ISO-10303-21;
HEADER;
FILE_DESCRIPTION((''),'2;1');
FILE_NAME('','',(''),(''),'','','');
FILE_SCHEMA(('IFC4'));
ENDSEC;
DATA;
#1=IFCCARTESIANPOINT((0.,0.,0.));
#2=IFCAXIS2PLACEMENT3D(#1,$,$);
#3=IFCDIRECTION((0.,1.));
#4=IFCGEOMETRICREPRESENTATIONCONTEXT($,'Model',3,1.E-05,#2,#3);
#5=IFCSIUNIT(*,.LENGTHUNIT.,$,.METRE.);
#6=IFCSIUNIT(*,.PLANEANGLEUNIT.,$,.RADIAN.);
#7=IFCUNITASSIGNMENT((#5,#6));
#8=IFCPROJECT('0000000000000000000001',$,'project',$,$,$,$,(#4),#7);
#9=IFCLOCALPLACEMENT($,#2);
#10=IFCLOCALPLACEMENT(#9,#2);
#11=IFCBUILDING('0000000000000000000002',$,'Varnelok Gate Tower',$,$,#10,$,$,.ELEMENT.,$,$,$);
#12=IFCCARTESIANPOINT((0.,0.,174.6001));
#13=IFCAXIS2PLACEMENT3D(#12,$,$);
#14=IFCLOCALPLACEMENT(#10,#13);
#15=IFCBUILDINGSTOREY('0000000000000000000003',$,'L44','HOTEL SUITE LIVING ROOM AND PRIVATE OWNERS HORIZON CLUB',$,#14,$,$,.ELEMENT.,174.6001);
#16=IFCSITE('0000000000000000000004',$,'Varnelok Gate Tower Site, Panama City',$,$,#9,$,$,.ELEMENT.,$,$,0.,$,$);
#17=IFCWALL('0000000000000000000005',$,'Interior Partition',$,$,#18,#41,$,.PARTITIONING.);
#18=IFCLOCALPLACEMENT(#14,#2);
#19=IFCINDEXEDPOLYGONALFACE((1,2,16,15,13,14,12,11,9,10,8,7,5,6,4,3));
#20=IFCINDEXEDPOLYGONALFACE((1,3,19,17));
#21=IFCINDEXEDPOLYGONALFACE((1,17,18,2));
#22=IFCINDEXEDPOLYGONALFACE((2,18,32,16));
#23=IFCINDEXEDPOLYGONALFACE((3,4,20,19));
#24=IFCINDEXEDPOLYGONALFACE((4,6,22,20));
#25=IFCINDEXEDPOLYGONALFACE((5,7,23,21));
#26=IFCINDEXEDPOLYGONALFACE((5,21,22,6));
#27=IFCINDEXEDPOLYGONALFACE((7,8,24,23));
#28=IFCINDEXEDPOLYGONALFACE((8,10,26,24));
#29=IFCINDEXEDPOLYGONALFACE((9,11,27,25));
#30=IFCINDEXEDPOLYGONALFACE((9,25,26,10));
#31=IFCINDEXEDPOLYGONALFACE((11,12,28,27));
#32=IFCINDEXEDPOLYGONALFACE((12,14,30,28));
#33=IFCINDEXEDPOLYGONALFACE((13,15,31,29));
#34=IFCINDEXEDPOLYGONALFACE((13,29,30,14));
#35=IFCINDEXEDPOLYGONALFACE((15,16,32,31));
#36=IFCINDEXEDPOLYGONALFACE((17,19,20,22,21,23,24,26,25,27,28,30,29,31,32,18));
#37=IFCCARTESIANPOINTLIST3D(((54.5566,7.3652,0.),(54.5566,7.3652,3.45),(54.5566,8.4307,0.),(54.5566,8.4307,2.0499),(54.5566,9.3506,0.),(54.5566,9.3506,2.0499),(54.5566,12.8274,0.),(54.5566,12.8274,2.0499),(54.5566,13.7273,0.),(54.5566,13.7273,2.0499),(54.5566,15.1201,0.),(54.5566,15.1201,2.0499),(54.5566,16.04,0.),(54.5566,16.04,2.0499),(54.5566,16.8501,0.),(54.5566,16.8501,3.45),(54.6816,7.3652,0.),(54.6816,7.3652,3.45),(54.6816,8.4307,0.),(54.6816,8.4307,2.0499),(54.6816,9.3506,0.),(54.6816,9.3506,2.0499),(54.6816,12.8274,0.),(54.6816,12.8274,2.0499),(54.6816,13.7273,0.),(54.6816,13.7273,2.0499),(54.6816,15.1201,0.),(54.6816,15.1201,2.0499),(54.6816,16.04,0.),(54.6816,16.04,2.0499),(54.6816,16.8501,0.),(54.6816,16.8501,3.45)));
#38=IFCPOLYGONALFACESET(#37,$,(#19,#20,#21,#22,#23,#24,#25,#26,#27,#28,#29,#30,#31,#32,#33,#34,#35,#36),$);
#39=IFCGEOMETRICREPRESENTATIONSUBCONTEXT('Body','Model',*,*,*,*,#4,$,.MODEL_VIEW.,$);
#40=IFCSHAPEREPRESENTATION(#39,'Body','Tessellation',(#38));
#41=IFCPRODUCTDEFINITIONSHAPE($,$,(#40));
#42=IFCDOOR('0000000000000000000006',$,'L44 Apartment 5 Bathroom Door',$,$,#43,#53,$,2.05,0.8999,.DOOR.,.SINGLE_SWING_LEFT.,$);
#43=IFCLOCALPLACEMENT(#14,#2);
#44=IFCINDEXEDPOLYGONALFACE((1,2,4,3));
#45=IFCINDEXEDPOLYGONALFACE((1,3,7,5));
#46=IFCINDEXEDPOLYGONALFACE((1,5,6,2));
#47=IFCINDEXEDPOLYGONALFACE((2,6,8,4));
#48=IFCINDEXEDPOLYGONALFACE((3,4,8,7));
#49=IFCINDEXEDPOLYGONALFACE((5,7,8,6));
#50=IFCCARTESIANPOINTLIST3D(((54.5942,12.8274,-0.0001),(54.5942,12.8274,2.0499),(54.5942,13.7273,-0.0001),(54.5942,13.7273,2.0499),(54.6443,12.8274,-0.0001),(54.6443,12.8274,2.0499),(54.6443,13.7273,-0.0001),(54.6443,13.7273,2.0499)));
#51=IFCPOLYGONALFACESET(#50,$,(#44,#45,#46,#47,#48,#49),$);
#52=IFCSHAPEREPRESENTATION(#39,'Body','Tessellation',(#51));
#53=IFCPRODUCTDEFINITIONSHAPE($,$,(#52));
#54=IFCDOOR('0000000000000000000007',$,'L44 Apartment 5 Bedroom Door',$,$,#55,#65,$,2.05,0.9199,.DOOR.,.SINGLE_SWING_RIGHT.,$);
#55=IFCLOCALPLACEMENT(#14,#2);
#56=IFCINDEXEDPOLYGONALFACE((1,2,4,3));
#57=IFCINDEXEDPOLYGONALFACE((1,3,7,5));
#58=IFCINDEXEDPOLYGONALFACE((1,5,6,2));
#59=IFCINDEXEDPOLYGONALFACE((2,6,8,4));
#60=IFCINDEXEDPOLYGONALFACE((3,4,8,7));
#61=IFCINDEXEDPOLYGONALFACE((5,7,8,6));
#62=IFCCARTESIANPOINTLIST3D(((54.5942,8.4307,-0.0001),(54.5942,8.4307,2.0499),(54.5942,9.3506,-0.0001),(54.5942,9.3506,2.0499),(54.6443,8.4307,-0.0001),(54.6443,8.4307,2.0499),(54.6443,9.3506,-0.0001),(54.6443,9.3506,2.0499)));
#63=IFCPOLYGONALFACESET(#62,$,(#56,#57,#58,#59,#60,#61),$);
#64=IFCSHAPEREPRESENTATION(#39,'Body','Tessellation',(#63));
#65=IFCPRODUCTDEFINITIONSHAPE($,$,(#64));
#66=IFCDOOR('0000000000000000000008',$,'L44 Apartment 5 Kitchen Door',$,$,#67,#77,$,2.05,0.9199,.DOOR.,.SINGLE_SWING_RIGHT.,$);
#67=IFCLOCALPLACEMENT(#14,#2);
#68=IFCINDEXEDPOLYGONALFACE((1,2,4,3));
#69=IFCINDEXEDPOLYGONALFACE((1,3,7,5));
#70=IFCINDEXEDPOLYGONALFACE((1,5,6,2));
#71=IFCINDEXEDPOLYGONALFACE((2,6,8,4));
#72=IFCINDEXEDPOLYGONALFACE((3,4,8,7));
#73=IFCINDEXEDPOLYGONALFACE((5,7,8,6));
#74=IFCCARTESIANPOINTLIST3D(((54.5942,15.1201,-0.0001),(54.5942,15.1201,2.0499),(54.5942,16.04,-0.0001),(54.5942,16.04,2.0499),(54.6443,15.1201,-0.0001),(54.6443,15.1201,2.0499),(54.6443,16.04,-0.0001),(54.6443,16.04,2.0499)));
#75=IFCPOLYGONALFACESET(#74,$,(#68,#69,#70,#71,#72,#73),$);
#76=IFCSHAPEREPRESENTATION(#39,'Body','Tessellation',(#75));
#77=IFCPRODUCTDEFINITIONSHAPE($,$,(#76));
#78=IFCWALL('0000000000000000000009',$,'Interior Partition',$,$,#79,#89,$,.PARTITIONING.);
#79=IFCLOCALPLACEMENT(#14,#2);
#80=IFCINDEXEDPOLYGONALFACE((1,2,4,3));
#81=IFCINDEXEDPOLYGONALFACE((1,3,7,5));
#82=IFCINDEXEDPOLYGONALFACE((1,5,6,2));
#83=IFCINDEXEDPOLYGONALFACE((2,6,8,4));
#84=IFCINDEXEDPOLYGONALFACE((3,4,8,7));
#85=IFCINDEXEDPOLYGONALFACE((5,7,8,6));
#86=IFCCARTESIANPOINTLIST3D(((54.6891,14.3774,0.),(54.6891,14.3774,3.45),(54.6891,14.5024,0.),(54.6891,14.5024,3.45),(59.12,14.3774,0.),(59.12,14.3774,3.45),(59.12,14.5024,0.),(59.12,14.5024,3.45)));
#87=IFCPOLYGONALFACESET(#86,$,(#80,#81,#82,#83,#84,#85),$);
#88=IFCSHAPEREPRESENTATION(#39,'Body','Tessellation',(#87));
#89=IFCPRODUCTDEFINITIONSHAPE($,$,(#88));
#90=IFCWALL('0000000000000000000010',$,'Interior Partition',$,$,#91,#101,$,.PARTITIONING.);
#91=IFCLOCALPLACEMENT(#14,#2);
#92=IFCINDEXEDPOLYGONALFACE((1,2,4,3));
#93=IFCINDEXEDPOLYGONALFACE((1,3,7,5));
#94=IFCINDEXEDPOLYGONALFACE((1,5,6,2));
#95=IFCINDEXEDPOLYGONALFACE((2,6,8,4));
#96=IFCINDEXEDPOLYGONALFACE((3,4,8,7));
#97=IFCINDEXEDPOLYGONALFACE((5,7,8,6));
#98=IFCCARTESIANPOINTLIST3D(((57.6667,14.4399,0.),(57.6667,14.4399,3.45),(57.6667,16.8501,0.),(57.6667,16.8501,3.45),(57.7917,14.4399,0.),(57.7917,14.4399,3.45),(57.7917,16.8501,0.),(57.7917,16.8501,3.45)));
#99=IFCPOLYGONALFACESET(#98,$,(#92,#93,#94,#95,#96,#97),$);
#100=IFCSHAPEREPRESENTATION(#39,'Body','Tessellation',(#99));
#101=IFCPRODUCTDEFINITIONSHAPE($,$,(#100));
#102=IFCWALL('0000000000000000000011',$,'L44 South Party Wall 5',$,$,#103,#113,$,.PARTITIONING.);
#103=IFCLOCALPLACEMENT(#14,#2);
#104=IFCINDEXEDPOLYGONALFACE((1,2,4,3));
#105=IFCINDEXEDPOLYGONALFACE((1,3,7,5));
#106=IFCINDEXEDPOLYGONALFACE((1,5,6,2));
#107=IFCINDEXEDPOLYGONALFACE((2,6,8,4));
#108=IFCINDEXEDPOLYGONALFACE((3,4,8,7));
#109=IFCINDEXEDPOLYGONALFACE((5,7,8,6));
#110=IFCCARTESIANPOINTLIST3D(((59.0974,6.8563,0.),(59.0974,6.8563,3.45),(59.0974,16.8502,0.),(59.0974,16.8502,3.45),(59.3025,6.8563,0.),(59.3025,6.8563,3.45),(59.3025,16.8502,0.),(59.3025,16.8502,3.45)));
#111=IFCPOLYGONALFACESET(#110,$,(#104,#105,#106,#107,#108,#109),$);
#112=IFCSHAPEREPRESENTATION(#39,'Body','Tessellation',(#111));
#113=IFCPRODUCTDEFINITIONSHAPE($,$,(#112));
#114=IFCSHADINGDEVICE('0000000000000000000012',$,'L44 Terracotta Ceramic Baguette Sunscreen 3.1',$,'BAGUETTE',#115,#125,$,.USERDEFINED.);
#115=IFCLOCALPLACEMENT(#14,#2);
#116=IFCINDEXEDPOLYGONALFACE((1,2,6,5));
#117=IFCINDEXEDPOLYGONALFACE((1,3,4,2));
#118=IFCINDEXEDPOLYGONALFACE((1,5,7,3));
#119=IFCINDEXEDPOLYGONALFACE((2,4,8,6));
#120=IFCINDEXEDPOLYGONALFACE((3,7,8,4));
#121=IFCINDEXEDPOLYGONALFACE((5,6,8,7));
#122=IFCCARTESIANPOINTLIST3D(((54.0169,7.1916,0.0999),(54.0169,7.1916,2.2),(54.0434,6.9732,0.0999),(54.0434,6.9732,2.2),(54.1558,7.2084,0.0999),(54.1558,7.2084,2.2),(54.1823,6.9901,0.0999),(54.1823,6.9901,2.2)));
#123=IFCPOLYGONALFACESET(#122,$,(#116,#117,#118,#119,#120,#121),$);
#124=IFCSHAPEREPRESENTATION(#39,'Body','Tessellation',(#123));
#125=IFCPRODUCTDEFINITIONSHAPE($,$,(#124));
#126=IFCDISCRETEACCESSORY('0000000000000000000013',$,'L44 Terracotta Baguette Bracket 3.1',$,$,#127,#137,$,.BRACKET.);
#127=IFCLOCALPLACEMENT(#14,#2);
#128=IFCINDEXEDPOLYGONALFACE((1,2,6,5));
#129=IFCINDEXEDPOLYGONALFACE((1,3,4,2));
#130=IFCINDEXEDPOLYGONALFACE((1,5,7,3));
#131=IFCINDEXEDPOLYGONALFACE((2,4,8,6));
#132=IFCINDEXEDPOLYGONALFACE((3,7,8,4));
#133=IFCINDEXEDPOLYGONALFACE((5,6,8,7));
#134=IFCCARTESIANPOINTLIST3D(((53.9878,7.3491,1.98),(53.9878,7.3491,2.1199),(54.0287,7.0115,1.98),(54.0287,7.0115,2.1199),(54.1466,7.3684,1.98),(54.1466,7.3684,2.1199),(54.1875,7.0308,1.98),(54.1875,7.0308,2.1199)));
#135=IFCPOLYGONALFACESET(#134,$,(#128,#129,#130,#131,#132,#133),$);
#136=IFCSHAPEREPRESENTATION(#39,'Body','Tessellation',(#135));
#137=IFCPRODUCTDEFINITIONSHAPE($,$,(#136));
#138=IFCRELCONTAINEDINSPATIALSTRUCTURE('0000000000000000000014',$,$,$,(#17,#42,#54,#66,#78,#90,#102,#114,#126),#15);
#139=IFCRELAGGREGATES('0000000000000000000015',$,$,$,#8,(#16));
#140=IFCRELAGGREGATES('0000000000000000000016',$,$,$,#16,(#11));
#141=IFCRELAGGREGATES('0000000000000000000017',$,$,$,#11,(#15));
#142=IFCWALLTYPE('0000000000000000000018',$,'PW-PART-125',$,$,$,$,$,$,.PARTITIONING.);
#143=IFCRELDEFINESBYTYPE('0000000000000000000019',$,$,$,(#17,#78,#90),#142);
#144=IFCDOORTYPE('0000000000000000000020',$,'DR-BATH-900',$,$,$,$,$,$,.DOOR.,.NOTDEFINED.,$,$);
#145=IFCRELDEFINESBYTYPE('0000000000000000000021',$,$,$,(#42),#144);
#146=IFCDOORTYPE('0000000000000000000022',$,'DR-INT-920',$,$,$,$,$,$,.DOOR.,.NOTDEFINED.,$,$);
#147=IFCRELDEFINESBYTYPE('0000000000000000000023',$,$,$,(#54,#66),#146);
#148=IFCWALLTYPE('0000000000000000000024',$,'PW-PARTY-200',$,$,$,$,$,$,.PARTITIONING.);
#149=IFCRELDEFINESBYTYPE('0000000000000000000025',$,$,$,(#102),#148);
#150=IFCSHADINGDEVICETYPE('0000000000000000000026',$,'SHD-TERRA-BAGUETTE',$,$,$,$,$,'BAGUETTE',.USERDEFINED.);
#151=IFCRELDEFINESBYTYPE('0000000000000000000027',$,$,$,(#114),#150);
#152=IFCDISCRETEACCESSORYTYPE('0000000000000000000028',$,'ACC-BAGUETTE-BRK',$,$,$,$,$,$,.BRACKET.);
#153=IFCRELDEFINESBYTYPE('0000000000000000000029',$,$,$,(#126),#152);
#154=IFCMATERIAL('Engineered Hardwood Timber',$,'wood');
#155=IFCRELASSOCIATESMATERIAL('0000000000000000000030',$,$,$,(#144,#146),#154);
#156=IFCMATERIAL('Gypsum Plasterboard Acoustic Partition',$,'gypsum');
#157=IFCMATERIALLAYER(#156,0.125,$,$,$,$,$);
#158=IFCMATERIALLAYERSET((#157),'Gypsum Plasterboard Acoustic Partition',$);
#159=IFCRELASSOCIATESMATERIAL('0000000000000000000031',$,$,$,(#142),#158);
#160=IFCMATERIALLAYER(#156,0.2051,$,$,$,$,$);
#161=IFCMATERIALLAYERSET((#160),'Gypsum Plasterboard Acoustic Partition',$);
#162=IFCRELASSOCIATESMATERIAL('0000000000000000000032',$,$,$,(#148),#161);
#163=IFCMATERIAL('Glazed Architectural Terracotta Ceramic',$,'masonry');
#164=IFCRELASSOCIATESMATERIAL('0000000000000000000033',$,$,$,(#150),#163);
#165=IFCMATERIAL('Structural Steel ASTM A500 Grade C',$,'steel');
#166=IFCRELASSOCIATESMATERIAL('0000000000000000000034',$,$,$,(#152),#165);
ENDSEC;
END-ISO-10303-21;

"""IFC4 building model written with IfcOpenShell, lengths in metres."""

from ifc_helpers import new_model, si_unit, direction, frame, frame_2d, origin, origin_2d, place, context, subcontext, project, spatial, rectangle, extrude, source, transform, mapped, material, layer, layer_set, type_object, element, fill, save


model = new_model("IFC4")

# Units and contexts
model_context = context("Model", 3, precision=1e-05, world=origin(), true_north=direction((0.0, 1.0)))
body_context = subcontext(model_context, "Body", "Model", "MODEL_VIEW")
ifc_project = project(units=[si_unit("LENGTHUNIT", "METRE"), si_unit("PLANEANGLEUNIT", "RADIAN")], contexts=[model_context])

# Site, building, storey
site_placement = place(None, origin())
site = spatial("IfcSite", under=ifc_project, at=site_placement, Name="Varnelok Gate Tower Site, Panama City", CompositionType="ELEMENT", RefElevation=0.0)
building_placement = place(site_placement, origin())
building = spatial("IfcBuilding", under=site, at=building_placement, Name="Varnelok Gate Tower", CompositionType="ELEMENT")
storey_placement = place(building_placement, frame((0.0, 0.0, 174.6001)))
storey = spatial("IfcBuildingStorey", under=building, at=storey_placement, Name="L44", Description="HOTEL SUITE LIVING ROOM AND PRIVATE OWNERS HORIZON CLUB", CompositionType="ELEMENT", Elevation=174.6001)

# Shared definitions
ifc_material_1 = material(Name="Gypsum Plasterboard Acoustic Partition", Category="gypsum")
ifc_material_2 = material(Name="Engineered Hardwood Timber", Category="wood")

# Shared definitions
door_type_1 = type_object("IfcDoorType", Name="DR-BATH-900", OperationType="NOTDEFINED", PredefinedType="DOOR", material=ifc_material_2)

# Wall, openings, doors
ifc_layer_1 = layer(ifc_material_1, 0.125)
ifc_layer_set_1 = layer_set([ifc_layer_1], Name="Gypsum Plasterboard Acoustic Partition")
wall_type_1 = type_object("IfcWallType", Name="PW-PART-125", PredefinedType="PARTITIONING", material=ifc_layer_set_1)
wall_1_placement = place(storey_placement, frame((54.6191, 7.3652, 0.0), z_axis=(0.0, 0.0, 1.0), x_axis=(0.0, 1.0, 0.0)))
wall_1 = element("IfcWall", 1, at=wall_1_placement, inside=storey, type_object=wall_type_1, Name="Interior Partition", PredefinedType="PARTITIONING", context=body_context, shape_type="SweptSolid", body=[
    extrude(rectangle(XDim=9.4849, YDim=0.125, at=frame_2d((4.7424, 0.0))), origin(), (0.0, 0.0, 1.0), 3.45),
])
opening_1_placement = place(wall_1_placement, frame((1.0654, 0.0, 0.0)))
opening_1 = element("IfcOpeningElement", 2, at=opening_1_placement, cuts=wall_1, PredefinedType="OPENING", context=body_context, shape_type="SweptSolid", body=[
    extrude(rectangle(XDim=0.9199, YDim=2.05, at=frame_2d((0.46, 1.0249))), frame((0.0, 0.0725, 0.0), z_axis=(0.0, -1.0, 0.0), x_axis=(1.0, 0.0, 0.0)), (0.0, 0.0, 1.0), 0.145),
])
opening_2_placement = place(wall_1_placement, frame((5.4622, 0.0, 0.0)))
opening_2 = element("IfcOpeningElement", 3, at=opening_2_placement, cuts=wall_1, PredefinedType="OPENING", context=body_context, shape_type="SweptSolid", body=[
    extrude(rectangle(XDim=0.8999, YDim=2.05, at=frame_2d((0.45, 1.0249))), frame((0.0, 0.0725, 0.0), z_axis=(0.0, -1.0, 0.0), x_axis=(1.0, 0.0, 0.0)), (0.0, 0.0, 1.0), 0.145),
])
opening_3_placement = place(wall_1_placement, frame((7.7549, 0.0, 0.0)))
opening_3 = element("IfcOpeningElement", 4, at=opening_3_placement, cuts=wall_1, PredefinedType="OPENING", context=body_context, shape_type="SweptSolid", body=[
    extrude(rectangle(XDim=0.9199, YDim=2.05, at=frame_2d((0.46, 1.0249))), frame((0.0, 0.0725, 0.0), z_axis=(0.0, -1.0, 0.0), x_axis=(1.0, 0.0, 0.0)), (0.0, 0.0, 1.0), 0.145),
])
door_1_placement = place(opening_2_placement, origin())
door_1 = element("IfcDoor", 5, at=door_1_placement, inside=storey, type_object=door_type_1, Name="L44 Apartment 5 Bathroom Door", OperationType="SINGLE_SWING_LEFT", OverallHeight=2.05, OverallWidth=0.8999, PredefinedType="DOOR", context=body_context, shape_type="SweptSolid", body=[
    extrude(rectangle(XDim=0.8999, YDim=2.05, at=frame_2d((0.45, 1.0249))), frame((0.0, 0.0249, 0.0), z_axis=(0.0, -1.0, 0.0), x_axis=(1.0, 0.0, 0.0)), (0.0, 0.0, 1.0), 0.05),
])
fill(opening_2, door_1)
door_type_2 = type_object("IfcDoorType", Name="DR-INT-920", OperationType="NOTDEFINED", PredefinedType="DOOR", material=ifc_material_2)
door_2_placement = place(opening_1_placement, origin())
door_2 = element("IfcDoor", 6, at=door_2_placement, inside=storey, type_object=door_type_2, Name="L44 Apartment 5 Bedroom Door", OperationType="SINGLE_SWING_RIGHT", OverallHeight=2.05, OverallWidth=0.9199, PredefinedType="DOOR", context=body_context, shape_type="SweptSolid", body=[
    extrude(rectangle(XDim=0.9199, YDim=2.05, at=frame_2d((0.46, 1.0249))), frame((0.0, 0.0249, 0.0), z_axis=(0.0, -1.0, 0.0), x_axis=(1.0, 0.0, 0.0)), (0.0, 0.0, 1.0), 0.05),
])
fill(opening_1, door_2)
door_3_placement = place(opening_3_placement, origin())
door_3 = element("IfcDoor", 7, at=door_3_placement, inside=storey, type_object=door_type_2, Name="L44 Apartment 5 Kitchen Door", OperationType="SINGLE_SWING_RIGHT", OverallHeight=2.05, OverallWidth=0.9199, PredefinedType="DOOR", context=body_context, shape_type="SweptSolid", body=[
    extrude(rectangle(XDim=0.9199, YDim=2.05, at=frame_2d((0.46, 1.0249))), frame((0.0, 0.0249, 0.0), z_axis=(0.0, -1.0, 0.0), x_axis=(1.0, 0.0, 0.0)), (0.0, 0.0, 1.0), 0.05),
])
fill(opening_3, door_3)

# Walls
wall_2_placement = place(storey_placement, frame((54.6892, 14.4399, 0.0), z_axis=(0.0, 0.0, 1.0), x_axis=(1.0, 0.0, 0.0)))
element("IfcWall", 8, at=wall_2_placement, inside=storey, type_object=wall_type_1, Name="Interior Partition", PredefinedType="PARTITIONING", context=body_context, shape_type="SweptSolid", body=[
    extrude(rectangle(XDim=4.4309, YDim=0.125, at=frame_2d((2.2153, 0.0))), origin(), (0.0, 0.0, 1.0), 3.45),
])
wall_3_placement = place(storey_placement, frame((57.7292, 14.4399, 0.0), z_axis=(0.0, 0.0, 1.0), x_axis=(0.0, 1.0, 0.0)))
element("IfcWall", 9, at=wall_3_placement, inside=storey, type_object=wall_type_1, Name="Interior Partition", PredefinedType="PARTITIONING", context=body_context, shape_type="SweptSolid", body=[
    extrude(rectangle(XDim=2.4102, YDim=0.125, at=frame_2d((1.2051, 0.0))), origin(), (0.0, 0.0, 1.0), 3.45),
])
ifc_layer_2 = layer(ifc_material_1, 0.2051)
ifc_layer_set_2 = layer_set([ifc_layer_2], Name="Gypsum Plasterboard Acoustic Partition")
wall_type_2 = type_object("IfcWallType", Name="PW-PARTY-200", PredefinedType="PARTITIONING", material=ifc_layer_set_2)
wall_4_placement = place(storey_placement, frame((59.2, 6.8562, 0.0), z_axis=(0.0, 0.0, 1.0), x_axis=(0.0, 1.0, 0.0)))
element("IfcWall", 10, at=wall_4_placement, inside=storey, type_object=wall_type_2, Name="L44 South Party Wall 5", PredefinedType="PARTITIONING", context=body_context, shape_type="SweptSolid", body=[
    extrude(rectangle(XDim=9.9939, YDim=0.2051, at=frame_2d((4.9971, 0.0))), origin(), (0.0, 0.0, 1.0), 3.45),
])

# Shading device
ifc_material_3 = material(Name="Glazed Architectural Terracotta Ceramic", Category="masonry")
shading_device_type = type_object("IfcShadingDeviceType", Name="SHD-TERRA-BAGUETTE", ElementType="BAGUETTE", PredefinedType="USERDEFINED", material=ifc_material_3)
shared_shape_1 = source(origin(), body_context, "Body", "SweptSolid", [
    extrude(rectangle(XDim=0.1399, YDim=0.22, at=origin_2d()), origin(), (0.0, 0.0, 1.0), 2.1001),
])
shading_device_placement = place(storey_placement, frame((54.0996, 7.0908, 0.0999), z_axis=(0.0, 0.0, 1.0), x_axis=(0.992732, 0.120345, 0.0)))
element("IfcShadingDevice", 11, at=shading_device_placement, inside=storey, type_object=shading_device_type, Name="L44 Terracotta Ceramic Baguette Sunscreen 3.1", ObjectType="BAGUETTE", PredefinedType="USERDEFINED", context=body_context, shape_type="MappedRepresentation", body=[
    mapped(shared_shape_1, transform((0.0, 0.0, 0.0), scale=1.0)),
])

# Discrete accessory
ifc_material_4 = material(Name="Structural Steel ASTM A500 Grade C", Category="steel")
discrete_accessory_type = type_object("IfcDiscreteAccessoryType", Name="ACC-BAGUETTE-BRK", PredefinedType="BRACKET", material=ifc_material_4)
shared_shape_2 = source(origin(), body_context, "Body", "SweptSolid", [
    extrude(rectangle(XDim=0.1599, YDim=0.3401, at=origin_2d()), origin(), (0.0, 0.0, 1.0), 0.1399),
])
discrete_accessory_placement = place(storey_placement, frame((54.0876, 7.1899, 1.98), z_axis=(0.0, 0.0, 1.0), x_axis=(0.992732, 0.120345, 0.0)))
element("IfcDiscreteAccessory", 12, at=discrete_accessory_placement, inside=storey, type_object=discrete_accessory_type, Name="L44 Terracotta Baguette Bracket 3.1", PredefinedType="BRACKET", context=body_context, shape_type="MappedRepresentation", body=[
    mapped(shared_shape_2, transform((0.0, 0.0, 0.0), scale=1.0)),
])

save(model, "model.ifc")
